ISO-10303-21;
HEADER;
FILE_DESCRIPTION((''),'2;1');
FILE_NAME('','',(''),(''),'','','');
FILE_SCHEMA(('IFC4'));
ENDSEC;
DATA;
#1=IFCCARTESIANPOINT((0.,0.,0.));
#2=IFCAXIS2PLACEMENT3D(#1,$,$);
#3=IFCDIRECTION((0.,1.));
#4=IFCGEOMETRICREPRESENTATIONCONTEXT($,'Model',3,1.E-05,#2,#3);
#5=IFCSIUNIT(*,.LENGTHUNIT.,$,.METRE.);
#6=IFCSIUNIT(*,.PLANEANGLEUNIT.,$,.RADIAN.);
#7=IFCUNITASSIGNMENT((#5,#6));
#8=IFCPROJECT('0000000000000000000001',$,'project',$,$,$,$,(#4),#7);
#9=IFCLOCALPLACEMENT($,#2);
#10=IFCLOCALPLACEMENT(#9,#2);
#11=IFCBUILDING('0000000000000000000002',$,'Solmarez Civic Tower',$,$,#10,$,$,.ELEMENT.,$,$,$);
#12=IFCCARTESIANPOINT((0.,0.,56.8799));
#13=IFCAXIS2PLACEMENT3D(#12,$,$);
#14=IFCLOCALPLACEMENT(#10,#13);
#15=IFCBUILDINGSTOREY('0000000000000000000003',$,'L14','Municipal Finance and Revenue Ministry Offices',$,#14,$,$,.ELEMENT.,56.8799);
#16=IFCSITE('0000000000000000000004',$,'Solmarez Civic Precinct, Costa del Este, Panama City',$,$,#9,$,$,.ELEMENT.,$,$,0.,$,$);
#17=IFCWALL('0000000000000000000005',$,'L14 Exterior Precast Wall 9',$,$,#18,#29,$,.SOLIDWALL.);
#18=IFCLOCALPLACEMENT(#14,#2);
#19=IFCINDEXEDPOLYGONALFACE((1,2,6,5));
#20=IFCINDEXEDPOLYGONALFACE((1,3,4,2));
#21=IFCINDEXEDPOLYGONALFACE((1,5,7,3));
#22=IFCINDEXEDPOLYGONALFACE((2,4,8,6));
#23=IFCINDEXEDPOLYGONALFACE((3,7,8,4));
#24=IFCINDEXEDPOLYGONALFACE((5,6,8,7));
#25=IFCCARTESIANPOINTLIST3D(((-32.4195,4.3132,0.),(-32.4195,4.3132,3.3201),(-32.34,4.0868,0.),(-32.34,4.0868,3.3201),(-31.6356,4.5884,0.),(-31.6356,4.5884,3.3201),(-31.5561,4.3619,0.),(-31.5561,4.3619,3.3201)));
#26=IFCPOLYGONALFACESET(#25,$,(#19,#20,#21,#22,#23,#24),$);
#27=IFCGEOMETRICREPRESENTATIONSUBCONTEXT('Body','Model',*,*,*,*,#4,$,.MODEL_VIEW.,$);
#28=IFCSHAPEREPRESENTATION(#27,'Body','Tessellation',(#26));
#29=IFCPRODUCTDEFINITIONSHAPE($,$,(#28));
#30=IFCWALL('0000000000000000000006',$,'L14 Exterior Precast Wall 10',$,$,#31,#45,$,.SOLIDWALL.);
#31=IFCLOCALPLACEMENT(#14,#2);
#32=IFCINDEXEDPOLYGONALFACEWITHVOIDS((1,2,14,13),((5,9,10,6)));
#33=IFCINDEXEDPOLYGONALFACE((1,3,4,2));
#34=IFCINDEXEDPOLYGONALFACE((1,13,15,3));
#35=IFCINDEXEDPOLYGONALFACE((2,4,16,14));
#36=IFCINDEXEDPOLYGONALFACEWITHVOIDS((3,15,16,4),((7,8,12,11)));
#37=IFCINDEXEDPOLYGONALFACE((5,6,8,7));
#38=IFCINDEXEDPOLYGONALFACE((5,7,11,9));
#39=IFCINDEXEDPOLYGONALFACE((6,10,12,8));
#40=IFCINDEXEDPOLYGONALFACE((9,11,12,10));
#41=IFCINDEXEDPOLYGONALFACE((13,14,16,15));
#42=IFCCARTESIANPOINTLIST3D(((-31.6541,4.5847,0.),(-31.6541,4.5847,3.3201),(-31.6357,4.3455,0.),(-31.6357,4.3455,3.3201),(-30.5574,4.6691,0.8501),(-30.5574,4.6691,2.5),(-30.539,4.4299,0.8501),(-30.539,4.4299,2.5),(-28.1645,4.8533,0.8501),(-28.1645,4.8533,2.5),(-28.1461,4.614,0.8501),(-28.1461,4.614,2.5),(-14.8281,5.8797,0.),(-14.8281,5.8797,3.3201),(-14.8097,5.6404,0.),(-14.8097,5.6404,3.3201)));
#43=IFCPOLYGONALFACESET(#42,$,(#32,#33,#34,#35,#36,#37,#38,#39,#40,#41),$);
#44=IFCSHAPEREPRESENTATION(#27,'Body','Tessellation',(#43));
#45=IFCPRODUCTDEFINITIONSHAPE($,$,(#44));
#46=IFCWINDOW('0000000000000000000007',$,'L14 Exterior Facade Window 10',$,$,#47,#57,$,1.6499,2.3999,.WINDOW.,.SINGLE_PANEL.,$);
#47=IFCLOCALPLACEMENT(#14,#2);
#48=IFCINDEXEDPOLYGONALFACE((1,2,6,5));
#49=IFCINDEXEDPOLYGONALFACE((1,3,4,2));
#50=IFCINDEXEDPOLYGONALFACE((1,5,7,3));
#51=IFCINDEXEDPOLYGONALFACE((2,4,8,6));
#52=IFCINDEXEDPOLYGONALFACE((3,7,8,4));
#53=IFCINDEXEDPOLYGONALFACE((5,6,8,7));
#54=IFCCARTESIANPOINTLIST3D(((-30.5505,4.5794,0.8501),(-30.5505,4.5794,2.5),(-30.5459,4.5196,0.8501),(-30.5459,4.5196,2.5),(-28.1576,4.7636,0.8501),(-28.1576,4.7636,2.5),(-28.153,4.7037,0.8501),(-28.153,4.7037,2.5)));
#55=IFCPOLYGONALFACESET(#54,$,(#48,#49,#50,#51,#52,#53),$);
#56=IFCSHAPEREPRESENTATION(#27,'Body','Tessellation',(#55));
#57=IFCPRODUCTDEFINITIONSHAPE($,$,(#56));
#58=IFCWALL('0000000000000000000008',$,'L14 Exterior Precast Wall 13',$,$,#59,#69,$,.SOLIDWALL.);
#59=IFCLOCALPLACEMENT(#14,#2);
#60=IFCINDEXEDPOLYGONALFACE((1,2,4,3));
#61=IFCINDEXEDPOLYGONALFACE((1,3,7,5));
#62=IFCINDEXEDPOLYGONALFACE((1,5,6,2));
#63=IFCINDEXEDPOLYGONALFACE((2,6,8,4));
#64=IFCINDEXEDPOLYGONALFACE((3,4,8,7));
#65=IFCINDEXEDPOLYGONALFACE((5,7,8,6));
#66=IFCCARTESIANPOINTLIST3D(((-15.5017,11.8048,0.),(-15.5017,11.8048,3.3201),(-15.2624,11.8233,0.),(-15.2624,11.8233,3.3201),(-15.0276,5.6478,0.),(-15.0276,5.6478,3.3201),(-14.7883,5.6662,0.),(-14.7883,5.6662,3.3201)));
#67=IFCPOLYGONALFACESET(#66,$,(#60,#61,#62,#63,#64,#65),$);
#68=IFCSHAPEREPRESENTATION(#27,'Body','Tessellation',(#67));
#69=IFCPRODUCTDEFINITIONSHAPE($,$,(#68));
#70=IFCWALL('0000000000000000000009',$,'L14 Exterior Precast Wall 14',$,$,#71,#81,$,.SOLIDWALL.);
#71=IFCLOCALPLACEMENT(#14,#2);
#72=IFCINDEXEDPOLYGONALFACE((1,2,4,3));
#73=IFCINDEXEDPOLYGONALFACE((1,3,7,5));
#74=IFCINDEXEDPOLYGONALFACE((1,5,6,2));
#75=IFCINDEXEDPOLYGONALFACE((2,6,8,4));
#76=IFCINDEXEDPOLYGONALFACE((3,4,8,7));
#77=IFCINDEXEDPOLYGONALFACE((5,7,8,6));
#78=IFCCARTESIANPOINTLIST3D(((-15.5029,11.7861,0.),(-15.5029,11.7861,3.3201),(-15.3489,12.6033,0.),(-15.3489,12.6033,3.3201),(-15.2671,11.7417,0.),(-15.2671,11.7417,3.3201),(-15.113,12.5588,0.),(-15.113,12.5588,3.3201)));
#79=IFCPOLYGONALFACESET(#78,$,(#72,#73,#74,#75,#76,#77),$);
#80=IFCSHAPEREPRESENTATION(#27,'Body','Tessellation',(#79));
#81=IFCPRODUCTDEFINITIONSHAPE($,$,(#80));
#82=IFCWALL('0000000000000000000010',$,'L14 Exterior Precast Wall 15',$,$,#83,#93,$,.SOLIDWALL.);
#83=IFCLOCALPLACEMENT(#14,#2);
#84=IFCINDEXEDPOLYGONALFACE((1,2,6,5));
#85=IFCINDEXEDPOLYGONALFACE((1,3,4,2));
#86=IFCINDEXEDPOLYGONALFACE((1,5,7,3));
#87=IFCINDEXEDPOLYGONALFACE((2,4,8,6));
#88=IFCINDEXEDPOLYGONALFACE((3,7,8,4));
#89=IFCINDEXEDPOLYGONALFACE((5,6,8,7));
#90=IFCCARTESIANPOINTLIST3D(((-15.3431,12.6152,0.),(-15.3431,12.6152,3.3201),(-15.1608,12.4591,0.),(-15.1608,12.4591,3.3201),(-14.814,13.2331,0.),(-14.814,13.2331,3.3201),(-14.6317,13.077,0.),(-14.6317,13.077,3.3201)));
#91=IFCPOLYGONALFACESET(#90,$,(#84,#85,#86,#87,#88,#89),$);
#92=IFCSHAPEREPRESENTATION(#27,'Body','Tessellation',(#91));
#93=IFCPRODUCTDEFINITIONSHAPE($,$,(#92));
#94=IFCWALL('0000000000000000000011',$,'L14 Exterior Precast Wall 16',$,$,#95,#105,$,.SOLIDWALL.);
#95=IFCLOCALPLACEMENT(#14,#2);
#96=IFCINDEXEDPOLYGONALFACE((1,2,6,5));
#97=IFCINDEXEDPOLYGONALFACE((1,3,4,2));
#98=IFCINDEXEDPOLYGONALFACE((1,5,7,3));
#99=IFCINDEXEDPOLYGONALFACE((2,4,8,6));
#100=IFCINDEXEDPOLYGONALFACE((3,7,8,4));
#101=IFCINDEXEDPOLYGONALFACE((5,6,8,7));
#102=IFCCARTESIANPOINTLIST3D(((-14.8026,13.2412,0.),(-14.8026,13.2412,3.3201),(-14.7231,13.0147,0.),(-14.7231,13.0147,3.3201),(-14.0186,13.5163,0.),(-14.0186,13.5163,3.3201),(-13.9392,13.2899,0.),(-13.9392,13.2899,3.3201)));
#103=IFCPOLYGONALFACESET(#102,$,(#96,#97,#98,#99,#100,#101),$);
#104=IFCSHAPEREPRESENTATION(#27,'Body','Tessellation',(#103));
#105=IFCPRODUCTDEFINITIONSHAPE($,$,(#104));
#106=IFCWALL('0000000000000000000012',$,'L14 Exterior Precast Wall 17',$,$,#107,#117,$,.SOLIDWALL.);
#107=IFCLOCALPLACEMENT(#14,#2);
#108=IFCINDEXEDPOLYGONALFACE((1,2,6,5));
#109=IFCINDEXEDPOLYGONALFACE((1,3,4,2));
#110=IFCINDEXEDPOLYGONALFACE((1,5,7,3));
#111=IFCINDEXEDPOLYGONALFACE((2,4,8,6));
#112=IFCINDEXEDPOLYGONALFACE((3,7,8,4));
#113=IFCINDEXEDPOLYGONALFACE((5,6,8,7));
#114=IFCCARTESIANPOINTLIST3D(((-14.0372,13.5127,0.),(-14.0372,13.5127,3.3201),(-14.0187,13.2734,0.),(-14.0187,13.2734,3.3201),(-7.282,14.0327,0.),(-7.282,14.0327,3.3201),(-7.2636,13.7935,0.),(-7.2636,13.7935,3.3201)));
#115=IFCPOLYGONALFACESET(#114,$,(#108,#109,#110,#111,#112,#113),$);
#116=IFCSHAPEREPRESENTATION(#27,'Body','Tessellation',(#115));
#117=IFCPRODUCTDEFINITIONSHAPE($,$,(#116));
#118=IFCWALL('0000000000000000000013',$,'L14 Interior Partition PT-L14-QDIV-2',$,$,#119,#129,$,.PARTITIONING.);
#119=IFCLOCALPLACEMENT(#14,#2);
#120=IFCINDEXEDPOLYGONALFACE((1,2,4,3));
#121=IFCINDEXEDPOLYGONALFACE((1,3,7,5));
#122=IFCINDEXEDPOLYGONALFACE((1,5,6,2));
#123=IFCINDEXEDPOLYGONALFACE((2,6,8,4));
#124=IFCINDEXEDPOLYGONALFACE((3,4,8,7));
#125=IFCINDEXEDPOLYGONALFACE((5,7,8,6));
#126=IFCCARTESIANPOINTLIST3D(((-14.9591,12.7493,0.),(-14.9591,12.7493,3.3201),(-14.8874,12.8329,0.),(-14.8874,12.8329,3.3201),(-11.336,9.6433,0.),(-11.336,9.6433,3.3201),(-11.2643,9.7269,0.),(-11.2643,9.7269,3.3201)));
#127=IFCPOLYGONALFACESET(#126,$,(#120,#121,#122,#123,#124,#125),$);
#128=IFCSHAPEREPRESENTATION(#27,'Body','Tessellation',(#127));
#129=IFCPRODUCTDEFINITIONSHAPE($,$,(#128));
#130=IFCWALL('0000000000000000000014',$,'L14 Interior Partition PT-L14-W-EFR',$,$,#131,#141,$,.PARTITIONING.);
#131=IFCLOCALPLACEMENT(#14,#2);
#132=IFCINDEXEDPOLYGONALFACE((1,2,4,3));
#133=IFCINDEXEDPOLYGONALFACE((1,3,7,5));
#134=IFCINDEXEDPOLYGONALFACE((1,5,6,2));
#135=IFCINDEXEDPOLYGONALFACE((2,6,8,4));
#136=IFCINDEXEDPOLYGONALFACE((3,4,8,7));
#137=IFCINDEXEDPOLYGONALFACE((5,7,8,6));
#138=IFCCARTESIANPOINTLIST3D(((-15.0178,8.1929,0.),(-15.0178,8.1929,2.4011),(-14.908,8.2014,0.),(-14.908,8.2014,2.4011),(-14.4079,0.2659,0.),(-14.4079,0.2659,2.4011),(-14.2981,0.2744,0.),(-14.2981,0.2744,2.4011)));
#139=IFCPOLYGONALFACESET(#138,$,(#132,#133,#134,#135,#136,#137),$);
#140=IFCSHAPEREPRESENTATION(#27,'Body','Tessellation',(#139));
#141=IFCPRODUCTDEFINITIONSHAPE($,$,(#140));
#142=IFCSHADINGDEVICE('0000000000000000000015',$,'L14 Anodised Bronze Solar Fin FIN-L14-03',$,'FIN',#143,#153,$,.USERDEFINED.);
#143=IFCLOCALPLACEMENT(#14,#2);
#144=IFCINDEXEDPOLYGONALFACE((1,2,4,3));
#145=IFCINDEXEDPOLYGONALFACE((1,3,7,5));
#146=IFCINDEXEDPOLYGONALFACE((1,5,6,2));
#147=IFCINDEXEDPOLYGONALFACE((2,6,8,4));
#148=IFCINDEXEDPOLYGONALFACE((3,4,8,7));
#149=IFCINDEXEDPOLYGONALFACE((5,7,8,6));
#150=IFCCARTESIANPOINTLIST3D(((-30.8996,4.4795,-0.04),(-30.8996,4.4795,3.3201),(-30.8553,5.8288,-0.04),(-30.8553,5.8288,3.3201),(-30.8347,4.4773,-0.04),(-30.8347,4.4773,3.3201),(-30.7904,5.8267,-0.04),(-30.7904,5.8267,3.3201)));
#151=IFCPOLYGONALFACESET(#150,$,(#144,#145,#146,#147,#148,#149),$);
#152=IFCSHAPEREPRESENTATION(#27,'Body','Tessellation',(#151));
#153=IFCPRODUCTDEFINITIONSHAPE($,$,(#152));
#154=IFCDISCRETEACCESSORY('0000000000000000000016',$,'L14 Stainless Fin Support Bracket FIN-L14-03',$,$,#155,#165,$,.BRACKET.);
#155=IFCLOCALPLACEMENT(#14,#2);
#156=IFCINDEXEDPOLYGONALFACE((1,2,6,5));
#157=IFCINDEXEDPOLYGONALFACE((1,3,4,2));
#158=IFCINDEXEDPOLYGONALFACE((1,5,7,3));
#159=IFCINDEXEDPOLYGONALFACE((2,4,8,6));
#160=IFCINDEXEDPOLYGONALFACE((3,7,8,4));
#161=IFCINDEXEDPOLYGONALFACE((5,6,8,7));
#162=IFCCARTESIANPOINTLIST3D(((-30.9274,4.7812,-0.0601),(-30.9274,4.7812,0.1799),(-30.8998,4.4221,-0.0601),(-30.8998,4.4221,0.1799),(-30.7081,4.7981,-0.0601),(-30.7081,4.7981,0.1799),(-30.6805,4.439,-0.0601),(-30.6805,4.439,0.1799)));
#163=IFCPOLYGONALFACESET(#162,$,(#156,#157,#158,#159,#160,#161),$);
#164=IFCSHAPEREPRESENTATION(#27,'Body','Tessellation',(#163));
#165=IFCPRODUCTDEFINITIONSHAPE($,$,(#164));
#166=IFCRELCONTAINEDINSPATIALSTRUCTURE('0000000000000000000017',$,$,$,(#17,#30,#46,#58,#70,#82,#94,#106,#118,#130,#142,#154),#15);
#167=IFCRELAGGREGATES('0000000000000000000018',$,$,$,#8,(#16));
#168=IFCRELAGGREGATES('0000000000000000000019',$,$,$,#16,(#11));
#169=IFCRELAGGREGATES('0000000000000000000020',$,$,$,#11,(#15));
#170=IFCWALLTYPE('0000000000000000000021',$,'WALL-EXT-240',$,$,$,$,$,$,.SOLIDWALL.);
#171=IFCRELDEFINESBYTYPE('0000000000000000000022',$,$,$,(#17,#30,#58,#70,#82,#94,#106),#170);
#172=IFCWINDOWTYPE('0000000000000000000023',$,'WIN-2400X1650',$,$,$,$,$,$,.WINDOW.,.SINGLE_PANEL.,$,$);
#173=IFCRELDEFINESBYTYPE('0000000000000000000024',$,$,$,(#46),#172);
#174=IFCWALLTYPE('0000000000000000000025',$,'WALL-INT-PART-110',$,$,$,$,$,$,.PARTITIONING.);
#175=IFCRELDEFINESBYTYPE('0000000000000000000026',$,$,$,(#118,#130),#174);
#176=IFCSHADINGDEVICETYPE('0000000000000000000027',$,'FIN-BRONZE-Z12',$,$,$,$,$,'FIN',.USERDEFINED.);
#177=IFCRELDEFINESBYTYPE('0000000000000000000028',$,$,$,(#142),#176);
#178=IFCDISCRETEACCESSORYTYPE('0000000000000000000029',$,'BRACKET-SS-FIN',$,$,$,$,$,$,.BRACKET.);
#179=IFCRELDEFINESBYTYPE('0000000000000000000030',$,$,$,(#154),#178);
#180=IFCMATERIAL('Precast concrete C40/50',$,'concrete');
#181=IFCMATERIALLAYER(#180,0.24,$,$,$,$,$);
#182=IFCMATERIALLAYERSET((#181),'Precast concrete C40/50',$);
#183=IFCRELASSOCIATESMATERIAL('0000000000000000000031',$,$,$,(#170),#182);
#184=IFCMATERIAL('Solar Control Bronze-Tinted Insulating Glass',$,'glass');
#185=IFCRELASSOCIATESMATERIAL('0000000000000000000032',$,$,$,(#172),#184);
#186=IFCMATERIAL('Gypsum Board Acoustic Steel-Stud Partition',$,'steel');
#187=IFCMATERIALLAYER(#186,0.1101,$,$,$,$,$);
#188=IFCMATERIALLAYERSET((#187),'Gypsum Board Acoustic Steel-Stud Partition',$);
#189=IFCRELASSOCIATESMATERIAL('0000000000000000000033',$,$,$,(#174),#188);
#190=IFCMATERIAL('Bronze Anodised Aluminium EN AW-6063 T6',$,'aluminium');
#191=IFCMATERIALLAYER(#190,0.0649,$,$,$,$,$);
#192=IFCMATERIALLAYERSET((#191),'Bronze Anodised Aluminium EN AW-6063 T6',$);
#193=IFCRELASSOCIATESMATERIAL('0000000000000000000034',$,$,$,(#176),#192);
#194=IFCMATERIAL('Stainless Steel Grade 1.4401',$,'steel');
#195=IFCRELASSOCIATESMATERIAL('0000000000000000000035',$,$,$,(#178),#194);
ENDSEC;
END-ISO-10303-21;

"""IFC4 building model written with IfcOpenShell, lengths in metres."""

from ifc_helpers import new_model, si_unit, direction, frame, frame_2d, origin, origin_2d, place, context, subcontext, project, spatial, rectangle, extrude, material, layer, layer_set, type_object, element, fill, save


model = new_model("IFC4")

# Units and contexts
model_context = context("Model", 3, precision=1e-05, world=origin(), true_north=direction((0.0, 1.0)))
body_context = subcontext(model_context, "Body", "Model", "MODEL_VIEW")
ifc_project = project(units=[si_unit("LENGTHUNIT", "METRE"), si_unit("PLANEANGLEUNIT", "RADIAN")], contexts=[model_context])

# Site, building, storey
site_placement = place(None, origin())
site = spatial("IfcSite", under=ifc_project, at=site_placement, Name="Solmarez Civic Precinct, Costa del Este, Panama City", CompositionType="ELEMENT", RefElevation=0.0)
building_placement = place(site_placement, origin())
building = spatial("IfcBuilding", under=site, at=building_placement, Name="Solmarez Civic Tower", CompositionType="ELEMENT")
storey_placement = place(building_placement, frame((0.0, 0.0, 56.8799)))
storey = spatial("IfcBuildingStorey", under=building, at=storey_placement, Name="L14", Description="Municipal Finance and Revenue Ministry Offices", CompositionType="ELEMENT", Elevation=56.8799)

# Wall
ifc_material_1 = material(Name="Precast concrete C40/50", Category="concrete")
ifc_layer_1 = layer(ifc_material_1, 0.24)
ifc_layer_set_1 = layer_set([ifc_layer_1], Name="Precast concrete C40/50")
wall_type_1 = type_object("IfcWallType", Name="WALL-EXT-240", PredefinedType="SOLIDWALL", material=ifc_layer_set_1)
wall_1_placement = place(storey_placement, frame((-32.3799, 4.2, 0.0), z_axis=(0.0, 0.0, 1.0), x_axis=(0.943569, 0.331175, 0.0)))
element("IfcWall", 1, at=wall_1_placement, inside=storey, type_object=wall_type_1, Name="L14 Exterior Precast Wall 9", PredefinedType="SOLIDWALL", context=body_context, shape_type="SweptSolid", body=[
    extrude(rectangle(XDim=0.8308, YDim=0.24, at=frame_2d((0.4155, 0.0))), origin(), (0.0, 0.0, 1.0), 3.3201),
])

# Wall, opening, window
wall_2_placement = place(storey_placement, frame((-31.645, 4.4651, 0.0), z_axis=(0.0, 0.0, 1.0), x_axis=(0.997052, 0.076733, 0.0)))
wall_2 = element("IfcWall", 2, at=wall_2_placement, inside=storey, type_object=wall_type_1, Name="L14 Exterior Precast Wall 10", PredefinedType="SOLIDWALL", context=body_context, shape_type="SweptSolid", body=[
    extrude(rectangle(XDim=16.8757, YDim=0.24, at=frame_2d((8.438, 0.0))), origin(), (0.0, 0.0, 1.0), 3.3201),
])
opening_placement = place(wall_2_placement, frame((1.1001, 0.0, 0.8501)))
opening = element("IfcOpeningElement", 3, at=opening_placement, cuts=wall_2, PredefinedType="OPENING", context=body_context, shape_type="SweptSolid", body=[
    extrude(rectangle(XDim=2.3999, YDim=1.6499, at=frame_2d((1.2, 0.825))), frame((0.0, 0.1299, 0.0), z_axis=(0.0, -1.0, 0.0), x_axis=(1.0, 0.0, 0.0)), (0.0, 0.0, 1.0), 0.26),
])
ifc_material_2 = material(Name="Solar Control Bronze-Tinted Insulating Glass", Category="glass")
window_type = type_object("IfcWindowType", Name="WIN-2400X1650", PartitioningType="SINGLE_PANEL", PredefinedType="WINDOW", material=ifc_material_2)
window_placement = place(opening_placement, origin())
window = element("IfcWindow", 4, at=window_placement, inside=storey, type_object=window_type, Name="L14 Exterior Facade Window 10", OverallHeight=1.6499, OverallWidth=2.3999, PartitioningType="SINGLE_PANEL", PredefinedType="WINDOW", context=body_context, shape_type="SweptSolid", body=[
    extrude(rectangle(XDim=2.3999, YDim=1.6499, at=frame_2d((1.2, 0.825))), frame((0.0, 0.03, 0.0), z_axis=(0.0, -1.0, 0.0), x_axis=(1.0, 0.0, 0.0)), (0.0, 0.0, 1.0), 0.0601),
])
fill(opening, window)

# Walls
wall_3_placement = place(storey_placement, frame((-14.908, 5.657, 0.0), z_axis=(0.0, 0.0, 1.0), x_axis=(-0.076778, 0.997048, 0.0)))
element("IfcWall", 5, at=wall_3_placement, inside=storey, type_object=wall_type_1, Name="L14 Exterior Precast Wall 13", PredefinedType="SOLIDWALL", context=body_context, shape_type="SweptSolid", body=[
    extrude(rectangle(XDim=6.1753, YDim=0.24, at=frame_2d((3.0876, 0.0))), origin(), (0.0, 0.0, 1.0), 3.3201),
])
wall_4_placement = place(storey_placement, frame((-15.385, 11.7639, 0.0), z_axis=(0.0, 0.0, 1.0), x_axis=(0.185263, 0.982689, 0.0)))
element("IfcWall", 6, at=wall_4_placement, inside=storey, type_object=wall_type_1, Name="L14 Exterior Precast Wall 14", PredefinedType="SOLIDWALL", context=body_context, shape_type="SweptSolid", body=[
    extrude(rectangle(XDim=0.8315, YDim=0.24, at=frame_2d((0.4158, 0.0))), origin(), (0.0, 0.0, 1.0), 3.3201),
])
wall_5_placement = place(storey_placement, frame((-15.252, 12.5371, 0.0), z_axis=(0.0, 0.0, 1.0), x_axis=(0.650371, 0.759617, 0.0)))
element("IfcWall", 7, at=wall_5_placement, inside=storey, type_object=wall_type_1, Name="L14 Exterior Precast Wall 15", PredefinedType="SOLIDWALL", context=body_context, shape_type="SweptSolid", body=[
    extrude(rectangle(XDim=0.8135, YDim=0.24, at=frame_2d((0.4067, 0.0))), origin(), (0.0, 0.0, 1.0), 3.3201),
])
wall_6_placement = place(storey_placement, frame((-14.7629, 13.1279, 0.0), z_axis=(0.0, 0.0, 1.0), x_axis=(0.943569, 0.331175, 0.0)))
element("IfcWall", 8, at=wall_6_placement, inside=storey, type_object=wall_type_1, Name="L14 Exterior Precast Wall 16", PredefinedType="SOLIDWALL", context=body_context, shape_type="SweptSolid", body=[
    extrude(rectangle(XDim=0.8308, YDim=0.24, at=frame_2d((0.4155, 0.0))), origin(), (0.0, 0.0, 1.0), 3.3201),
])
wall_7_placement = place(storey_placement, frame((-14.0281, 13.3931, 0.0), z_axis=(0.0, 0.0, 1.0), x_axis=(0.99705, 0.076754, 0.0)))
element("IfcWall", 9, at=wall_7_placement, inside=storey, type_object=wall_type_1, Name="L14 Exterior Precast Wall 17", PredefinedType="SOLIDWALL", context=body_context, shape_type="SweptSolid", body=[
    extrude(rectangle(XDim=6.7751, YDim=0.24, at=frame_2d((3.3877, 0.0))), origin(), (0.0, 0.0, 1.0), 3.3201),
])
ifc_material_3 = material(Name="Gypsum Board Acoustic Steel-Stud Partition", Category="steel")
ifc_layer_2 = layer(ifc_material_3, 0.1101)
ifc_layer_set_2 = layer_set([ifc_layer_2], Name="Gypsum Board Acoustic Steel-Stud Partition")
wall_type_2 = type_object("IfcWallType", Name="WALL-INT-PART-110", PredefinedType="PARTITIONING", material=ifc_layer_set_2)
wall_8_placement = place(storey_placement, frame((-11.3, 9.6851, 0.0), z_axis=(0.0, 0.0, 1.0), x_axis=(-0.759206, 0.65085, 0.0)))
element("IfcWall", 10, at=wall_8_placement, inside=storey, type_object=wall_type_2, Name="L14 Interior Partition PT-L14-QDIV-2", PredefinedType="PARTITIONING", context=body_context, shape_type="SweptSolid", body=[
    extrude(rectangle(XDim=4.7722, YDim=0.1101, at=frame_2d((2.3862, 0.0))), origin(), (0.0, 0.0, 1.0), 3.3201),
])
wall_9_placement = place(storey_placement, frame((-14.9629, 8.197, 0.0), z_axis=(0.0, 0.0, 1.0), x_axis=(0.076708, -0.997054, 0.0)))
element("IfcWall", 11, at=wall_9_placement, inside=storey, type_object=wall_type_2, Name="L14 Interior Partition PT-L14-W-EFR", PredefinedType="PARTITIONING", context=body_context, shape_type="SweptSolid", body=[
    extrude(rectangle(XDim=7.9504, YDim=0.1101, at=frame_2d((3.9751, 0.0))), origin(), (0.0, 0.0, 1.0), 2.4011),
])

# Shading device
ifc_material_4 = material(Name="Bronze Anodised Aluminium EN AW-6063 T6", Category="aluminium")
ifc_layer_3 = layer(ifc_material_4, 0.0649)
ifc_layer_set_3 = layer_set([ifc_layer_3], Name="Bronze Anodised Aluminium EN AW-6063 T6")
shading_device_type = type_object("IfcShadingDeviceType", Name="FIN-BRONZE-Z12", ElementType="FIN", PredefinedType="USERDEFINED", material=ifc_layer_set_3)
shading_device_placement = place(storey_placement, frame((-30.845, 5.1531, -0.04), z_axis=(0.0, 0.0, 1.0), x_axis=(0.032806, 0.999462, 0.0)))
element("IfcShadingDevice", 12, at=shading_device_placement, inside=storey, type_object=shading_device_type, Name="L14 Anodised Bronze Solar Fin FIN-L14-03", ObjectType="FIN", PredefinedType="USERDEFINED", context=body_context, shape_type="SweptSolid", body=[
    extrude(rectangle(XDim=1.3501, YDim=0.0649, at=origin_2d()), origin(), (0.0, 0.0, 1.0), 3.3601),
])

# Discrete accessory
ifc_material_5 = material(Name="Stainless Steel Grade 1.4401", Category="steel")
discrete_accessory_type = type_object("IfcDiscreteAccessoryType", Name="BRACKET-SS-FIN", PredefinedType="BRACKET", material=ifc_material_5)
discrete_accessory_placement = place(storey_placement, frame((-30.804, 4.6101, -0.0601), z_axis=(0.0, 0.0, 1.0), x_axis=(-0.076756, 0.99705, 0.0)))
element("IfcDiscreteAccessory", 13, at=discrete_accessory_placement, inside=storey, type_object=discrete_accessory_type, Name="L14 Stainless Fin Support Bracket FIN-L14-03", PredefinedType="BRACKET", context=body_context, shape_type="SweptSolid", body=[
    extrude(rectangle(XDim=0.3601, YDim=0.22, at=origin_2d()), origin(), (0.0, 0.0, 1.0), 0.24),
])

save(model, "model.ifc")
